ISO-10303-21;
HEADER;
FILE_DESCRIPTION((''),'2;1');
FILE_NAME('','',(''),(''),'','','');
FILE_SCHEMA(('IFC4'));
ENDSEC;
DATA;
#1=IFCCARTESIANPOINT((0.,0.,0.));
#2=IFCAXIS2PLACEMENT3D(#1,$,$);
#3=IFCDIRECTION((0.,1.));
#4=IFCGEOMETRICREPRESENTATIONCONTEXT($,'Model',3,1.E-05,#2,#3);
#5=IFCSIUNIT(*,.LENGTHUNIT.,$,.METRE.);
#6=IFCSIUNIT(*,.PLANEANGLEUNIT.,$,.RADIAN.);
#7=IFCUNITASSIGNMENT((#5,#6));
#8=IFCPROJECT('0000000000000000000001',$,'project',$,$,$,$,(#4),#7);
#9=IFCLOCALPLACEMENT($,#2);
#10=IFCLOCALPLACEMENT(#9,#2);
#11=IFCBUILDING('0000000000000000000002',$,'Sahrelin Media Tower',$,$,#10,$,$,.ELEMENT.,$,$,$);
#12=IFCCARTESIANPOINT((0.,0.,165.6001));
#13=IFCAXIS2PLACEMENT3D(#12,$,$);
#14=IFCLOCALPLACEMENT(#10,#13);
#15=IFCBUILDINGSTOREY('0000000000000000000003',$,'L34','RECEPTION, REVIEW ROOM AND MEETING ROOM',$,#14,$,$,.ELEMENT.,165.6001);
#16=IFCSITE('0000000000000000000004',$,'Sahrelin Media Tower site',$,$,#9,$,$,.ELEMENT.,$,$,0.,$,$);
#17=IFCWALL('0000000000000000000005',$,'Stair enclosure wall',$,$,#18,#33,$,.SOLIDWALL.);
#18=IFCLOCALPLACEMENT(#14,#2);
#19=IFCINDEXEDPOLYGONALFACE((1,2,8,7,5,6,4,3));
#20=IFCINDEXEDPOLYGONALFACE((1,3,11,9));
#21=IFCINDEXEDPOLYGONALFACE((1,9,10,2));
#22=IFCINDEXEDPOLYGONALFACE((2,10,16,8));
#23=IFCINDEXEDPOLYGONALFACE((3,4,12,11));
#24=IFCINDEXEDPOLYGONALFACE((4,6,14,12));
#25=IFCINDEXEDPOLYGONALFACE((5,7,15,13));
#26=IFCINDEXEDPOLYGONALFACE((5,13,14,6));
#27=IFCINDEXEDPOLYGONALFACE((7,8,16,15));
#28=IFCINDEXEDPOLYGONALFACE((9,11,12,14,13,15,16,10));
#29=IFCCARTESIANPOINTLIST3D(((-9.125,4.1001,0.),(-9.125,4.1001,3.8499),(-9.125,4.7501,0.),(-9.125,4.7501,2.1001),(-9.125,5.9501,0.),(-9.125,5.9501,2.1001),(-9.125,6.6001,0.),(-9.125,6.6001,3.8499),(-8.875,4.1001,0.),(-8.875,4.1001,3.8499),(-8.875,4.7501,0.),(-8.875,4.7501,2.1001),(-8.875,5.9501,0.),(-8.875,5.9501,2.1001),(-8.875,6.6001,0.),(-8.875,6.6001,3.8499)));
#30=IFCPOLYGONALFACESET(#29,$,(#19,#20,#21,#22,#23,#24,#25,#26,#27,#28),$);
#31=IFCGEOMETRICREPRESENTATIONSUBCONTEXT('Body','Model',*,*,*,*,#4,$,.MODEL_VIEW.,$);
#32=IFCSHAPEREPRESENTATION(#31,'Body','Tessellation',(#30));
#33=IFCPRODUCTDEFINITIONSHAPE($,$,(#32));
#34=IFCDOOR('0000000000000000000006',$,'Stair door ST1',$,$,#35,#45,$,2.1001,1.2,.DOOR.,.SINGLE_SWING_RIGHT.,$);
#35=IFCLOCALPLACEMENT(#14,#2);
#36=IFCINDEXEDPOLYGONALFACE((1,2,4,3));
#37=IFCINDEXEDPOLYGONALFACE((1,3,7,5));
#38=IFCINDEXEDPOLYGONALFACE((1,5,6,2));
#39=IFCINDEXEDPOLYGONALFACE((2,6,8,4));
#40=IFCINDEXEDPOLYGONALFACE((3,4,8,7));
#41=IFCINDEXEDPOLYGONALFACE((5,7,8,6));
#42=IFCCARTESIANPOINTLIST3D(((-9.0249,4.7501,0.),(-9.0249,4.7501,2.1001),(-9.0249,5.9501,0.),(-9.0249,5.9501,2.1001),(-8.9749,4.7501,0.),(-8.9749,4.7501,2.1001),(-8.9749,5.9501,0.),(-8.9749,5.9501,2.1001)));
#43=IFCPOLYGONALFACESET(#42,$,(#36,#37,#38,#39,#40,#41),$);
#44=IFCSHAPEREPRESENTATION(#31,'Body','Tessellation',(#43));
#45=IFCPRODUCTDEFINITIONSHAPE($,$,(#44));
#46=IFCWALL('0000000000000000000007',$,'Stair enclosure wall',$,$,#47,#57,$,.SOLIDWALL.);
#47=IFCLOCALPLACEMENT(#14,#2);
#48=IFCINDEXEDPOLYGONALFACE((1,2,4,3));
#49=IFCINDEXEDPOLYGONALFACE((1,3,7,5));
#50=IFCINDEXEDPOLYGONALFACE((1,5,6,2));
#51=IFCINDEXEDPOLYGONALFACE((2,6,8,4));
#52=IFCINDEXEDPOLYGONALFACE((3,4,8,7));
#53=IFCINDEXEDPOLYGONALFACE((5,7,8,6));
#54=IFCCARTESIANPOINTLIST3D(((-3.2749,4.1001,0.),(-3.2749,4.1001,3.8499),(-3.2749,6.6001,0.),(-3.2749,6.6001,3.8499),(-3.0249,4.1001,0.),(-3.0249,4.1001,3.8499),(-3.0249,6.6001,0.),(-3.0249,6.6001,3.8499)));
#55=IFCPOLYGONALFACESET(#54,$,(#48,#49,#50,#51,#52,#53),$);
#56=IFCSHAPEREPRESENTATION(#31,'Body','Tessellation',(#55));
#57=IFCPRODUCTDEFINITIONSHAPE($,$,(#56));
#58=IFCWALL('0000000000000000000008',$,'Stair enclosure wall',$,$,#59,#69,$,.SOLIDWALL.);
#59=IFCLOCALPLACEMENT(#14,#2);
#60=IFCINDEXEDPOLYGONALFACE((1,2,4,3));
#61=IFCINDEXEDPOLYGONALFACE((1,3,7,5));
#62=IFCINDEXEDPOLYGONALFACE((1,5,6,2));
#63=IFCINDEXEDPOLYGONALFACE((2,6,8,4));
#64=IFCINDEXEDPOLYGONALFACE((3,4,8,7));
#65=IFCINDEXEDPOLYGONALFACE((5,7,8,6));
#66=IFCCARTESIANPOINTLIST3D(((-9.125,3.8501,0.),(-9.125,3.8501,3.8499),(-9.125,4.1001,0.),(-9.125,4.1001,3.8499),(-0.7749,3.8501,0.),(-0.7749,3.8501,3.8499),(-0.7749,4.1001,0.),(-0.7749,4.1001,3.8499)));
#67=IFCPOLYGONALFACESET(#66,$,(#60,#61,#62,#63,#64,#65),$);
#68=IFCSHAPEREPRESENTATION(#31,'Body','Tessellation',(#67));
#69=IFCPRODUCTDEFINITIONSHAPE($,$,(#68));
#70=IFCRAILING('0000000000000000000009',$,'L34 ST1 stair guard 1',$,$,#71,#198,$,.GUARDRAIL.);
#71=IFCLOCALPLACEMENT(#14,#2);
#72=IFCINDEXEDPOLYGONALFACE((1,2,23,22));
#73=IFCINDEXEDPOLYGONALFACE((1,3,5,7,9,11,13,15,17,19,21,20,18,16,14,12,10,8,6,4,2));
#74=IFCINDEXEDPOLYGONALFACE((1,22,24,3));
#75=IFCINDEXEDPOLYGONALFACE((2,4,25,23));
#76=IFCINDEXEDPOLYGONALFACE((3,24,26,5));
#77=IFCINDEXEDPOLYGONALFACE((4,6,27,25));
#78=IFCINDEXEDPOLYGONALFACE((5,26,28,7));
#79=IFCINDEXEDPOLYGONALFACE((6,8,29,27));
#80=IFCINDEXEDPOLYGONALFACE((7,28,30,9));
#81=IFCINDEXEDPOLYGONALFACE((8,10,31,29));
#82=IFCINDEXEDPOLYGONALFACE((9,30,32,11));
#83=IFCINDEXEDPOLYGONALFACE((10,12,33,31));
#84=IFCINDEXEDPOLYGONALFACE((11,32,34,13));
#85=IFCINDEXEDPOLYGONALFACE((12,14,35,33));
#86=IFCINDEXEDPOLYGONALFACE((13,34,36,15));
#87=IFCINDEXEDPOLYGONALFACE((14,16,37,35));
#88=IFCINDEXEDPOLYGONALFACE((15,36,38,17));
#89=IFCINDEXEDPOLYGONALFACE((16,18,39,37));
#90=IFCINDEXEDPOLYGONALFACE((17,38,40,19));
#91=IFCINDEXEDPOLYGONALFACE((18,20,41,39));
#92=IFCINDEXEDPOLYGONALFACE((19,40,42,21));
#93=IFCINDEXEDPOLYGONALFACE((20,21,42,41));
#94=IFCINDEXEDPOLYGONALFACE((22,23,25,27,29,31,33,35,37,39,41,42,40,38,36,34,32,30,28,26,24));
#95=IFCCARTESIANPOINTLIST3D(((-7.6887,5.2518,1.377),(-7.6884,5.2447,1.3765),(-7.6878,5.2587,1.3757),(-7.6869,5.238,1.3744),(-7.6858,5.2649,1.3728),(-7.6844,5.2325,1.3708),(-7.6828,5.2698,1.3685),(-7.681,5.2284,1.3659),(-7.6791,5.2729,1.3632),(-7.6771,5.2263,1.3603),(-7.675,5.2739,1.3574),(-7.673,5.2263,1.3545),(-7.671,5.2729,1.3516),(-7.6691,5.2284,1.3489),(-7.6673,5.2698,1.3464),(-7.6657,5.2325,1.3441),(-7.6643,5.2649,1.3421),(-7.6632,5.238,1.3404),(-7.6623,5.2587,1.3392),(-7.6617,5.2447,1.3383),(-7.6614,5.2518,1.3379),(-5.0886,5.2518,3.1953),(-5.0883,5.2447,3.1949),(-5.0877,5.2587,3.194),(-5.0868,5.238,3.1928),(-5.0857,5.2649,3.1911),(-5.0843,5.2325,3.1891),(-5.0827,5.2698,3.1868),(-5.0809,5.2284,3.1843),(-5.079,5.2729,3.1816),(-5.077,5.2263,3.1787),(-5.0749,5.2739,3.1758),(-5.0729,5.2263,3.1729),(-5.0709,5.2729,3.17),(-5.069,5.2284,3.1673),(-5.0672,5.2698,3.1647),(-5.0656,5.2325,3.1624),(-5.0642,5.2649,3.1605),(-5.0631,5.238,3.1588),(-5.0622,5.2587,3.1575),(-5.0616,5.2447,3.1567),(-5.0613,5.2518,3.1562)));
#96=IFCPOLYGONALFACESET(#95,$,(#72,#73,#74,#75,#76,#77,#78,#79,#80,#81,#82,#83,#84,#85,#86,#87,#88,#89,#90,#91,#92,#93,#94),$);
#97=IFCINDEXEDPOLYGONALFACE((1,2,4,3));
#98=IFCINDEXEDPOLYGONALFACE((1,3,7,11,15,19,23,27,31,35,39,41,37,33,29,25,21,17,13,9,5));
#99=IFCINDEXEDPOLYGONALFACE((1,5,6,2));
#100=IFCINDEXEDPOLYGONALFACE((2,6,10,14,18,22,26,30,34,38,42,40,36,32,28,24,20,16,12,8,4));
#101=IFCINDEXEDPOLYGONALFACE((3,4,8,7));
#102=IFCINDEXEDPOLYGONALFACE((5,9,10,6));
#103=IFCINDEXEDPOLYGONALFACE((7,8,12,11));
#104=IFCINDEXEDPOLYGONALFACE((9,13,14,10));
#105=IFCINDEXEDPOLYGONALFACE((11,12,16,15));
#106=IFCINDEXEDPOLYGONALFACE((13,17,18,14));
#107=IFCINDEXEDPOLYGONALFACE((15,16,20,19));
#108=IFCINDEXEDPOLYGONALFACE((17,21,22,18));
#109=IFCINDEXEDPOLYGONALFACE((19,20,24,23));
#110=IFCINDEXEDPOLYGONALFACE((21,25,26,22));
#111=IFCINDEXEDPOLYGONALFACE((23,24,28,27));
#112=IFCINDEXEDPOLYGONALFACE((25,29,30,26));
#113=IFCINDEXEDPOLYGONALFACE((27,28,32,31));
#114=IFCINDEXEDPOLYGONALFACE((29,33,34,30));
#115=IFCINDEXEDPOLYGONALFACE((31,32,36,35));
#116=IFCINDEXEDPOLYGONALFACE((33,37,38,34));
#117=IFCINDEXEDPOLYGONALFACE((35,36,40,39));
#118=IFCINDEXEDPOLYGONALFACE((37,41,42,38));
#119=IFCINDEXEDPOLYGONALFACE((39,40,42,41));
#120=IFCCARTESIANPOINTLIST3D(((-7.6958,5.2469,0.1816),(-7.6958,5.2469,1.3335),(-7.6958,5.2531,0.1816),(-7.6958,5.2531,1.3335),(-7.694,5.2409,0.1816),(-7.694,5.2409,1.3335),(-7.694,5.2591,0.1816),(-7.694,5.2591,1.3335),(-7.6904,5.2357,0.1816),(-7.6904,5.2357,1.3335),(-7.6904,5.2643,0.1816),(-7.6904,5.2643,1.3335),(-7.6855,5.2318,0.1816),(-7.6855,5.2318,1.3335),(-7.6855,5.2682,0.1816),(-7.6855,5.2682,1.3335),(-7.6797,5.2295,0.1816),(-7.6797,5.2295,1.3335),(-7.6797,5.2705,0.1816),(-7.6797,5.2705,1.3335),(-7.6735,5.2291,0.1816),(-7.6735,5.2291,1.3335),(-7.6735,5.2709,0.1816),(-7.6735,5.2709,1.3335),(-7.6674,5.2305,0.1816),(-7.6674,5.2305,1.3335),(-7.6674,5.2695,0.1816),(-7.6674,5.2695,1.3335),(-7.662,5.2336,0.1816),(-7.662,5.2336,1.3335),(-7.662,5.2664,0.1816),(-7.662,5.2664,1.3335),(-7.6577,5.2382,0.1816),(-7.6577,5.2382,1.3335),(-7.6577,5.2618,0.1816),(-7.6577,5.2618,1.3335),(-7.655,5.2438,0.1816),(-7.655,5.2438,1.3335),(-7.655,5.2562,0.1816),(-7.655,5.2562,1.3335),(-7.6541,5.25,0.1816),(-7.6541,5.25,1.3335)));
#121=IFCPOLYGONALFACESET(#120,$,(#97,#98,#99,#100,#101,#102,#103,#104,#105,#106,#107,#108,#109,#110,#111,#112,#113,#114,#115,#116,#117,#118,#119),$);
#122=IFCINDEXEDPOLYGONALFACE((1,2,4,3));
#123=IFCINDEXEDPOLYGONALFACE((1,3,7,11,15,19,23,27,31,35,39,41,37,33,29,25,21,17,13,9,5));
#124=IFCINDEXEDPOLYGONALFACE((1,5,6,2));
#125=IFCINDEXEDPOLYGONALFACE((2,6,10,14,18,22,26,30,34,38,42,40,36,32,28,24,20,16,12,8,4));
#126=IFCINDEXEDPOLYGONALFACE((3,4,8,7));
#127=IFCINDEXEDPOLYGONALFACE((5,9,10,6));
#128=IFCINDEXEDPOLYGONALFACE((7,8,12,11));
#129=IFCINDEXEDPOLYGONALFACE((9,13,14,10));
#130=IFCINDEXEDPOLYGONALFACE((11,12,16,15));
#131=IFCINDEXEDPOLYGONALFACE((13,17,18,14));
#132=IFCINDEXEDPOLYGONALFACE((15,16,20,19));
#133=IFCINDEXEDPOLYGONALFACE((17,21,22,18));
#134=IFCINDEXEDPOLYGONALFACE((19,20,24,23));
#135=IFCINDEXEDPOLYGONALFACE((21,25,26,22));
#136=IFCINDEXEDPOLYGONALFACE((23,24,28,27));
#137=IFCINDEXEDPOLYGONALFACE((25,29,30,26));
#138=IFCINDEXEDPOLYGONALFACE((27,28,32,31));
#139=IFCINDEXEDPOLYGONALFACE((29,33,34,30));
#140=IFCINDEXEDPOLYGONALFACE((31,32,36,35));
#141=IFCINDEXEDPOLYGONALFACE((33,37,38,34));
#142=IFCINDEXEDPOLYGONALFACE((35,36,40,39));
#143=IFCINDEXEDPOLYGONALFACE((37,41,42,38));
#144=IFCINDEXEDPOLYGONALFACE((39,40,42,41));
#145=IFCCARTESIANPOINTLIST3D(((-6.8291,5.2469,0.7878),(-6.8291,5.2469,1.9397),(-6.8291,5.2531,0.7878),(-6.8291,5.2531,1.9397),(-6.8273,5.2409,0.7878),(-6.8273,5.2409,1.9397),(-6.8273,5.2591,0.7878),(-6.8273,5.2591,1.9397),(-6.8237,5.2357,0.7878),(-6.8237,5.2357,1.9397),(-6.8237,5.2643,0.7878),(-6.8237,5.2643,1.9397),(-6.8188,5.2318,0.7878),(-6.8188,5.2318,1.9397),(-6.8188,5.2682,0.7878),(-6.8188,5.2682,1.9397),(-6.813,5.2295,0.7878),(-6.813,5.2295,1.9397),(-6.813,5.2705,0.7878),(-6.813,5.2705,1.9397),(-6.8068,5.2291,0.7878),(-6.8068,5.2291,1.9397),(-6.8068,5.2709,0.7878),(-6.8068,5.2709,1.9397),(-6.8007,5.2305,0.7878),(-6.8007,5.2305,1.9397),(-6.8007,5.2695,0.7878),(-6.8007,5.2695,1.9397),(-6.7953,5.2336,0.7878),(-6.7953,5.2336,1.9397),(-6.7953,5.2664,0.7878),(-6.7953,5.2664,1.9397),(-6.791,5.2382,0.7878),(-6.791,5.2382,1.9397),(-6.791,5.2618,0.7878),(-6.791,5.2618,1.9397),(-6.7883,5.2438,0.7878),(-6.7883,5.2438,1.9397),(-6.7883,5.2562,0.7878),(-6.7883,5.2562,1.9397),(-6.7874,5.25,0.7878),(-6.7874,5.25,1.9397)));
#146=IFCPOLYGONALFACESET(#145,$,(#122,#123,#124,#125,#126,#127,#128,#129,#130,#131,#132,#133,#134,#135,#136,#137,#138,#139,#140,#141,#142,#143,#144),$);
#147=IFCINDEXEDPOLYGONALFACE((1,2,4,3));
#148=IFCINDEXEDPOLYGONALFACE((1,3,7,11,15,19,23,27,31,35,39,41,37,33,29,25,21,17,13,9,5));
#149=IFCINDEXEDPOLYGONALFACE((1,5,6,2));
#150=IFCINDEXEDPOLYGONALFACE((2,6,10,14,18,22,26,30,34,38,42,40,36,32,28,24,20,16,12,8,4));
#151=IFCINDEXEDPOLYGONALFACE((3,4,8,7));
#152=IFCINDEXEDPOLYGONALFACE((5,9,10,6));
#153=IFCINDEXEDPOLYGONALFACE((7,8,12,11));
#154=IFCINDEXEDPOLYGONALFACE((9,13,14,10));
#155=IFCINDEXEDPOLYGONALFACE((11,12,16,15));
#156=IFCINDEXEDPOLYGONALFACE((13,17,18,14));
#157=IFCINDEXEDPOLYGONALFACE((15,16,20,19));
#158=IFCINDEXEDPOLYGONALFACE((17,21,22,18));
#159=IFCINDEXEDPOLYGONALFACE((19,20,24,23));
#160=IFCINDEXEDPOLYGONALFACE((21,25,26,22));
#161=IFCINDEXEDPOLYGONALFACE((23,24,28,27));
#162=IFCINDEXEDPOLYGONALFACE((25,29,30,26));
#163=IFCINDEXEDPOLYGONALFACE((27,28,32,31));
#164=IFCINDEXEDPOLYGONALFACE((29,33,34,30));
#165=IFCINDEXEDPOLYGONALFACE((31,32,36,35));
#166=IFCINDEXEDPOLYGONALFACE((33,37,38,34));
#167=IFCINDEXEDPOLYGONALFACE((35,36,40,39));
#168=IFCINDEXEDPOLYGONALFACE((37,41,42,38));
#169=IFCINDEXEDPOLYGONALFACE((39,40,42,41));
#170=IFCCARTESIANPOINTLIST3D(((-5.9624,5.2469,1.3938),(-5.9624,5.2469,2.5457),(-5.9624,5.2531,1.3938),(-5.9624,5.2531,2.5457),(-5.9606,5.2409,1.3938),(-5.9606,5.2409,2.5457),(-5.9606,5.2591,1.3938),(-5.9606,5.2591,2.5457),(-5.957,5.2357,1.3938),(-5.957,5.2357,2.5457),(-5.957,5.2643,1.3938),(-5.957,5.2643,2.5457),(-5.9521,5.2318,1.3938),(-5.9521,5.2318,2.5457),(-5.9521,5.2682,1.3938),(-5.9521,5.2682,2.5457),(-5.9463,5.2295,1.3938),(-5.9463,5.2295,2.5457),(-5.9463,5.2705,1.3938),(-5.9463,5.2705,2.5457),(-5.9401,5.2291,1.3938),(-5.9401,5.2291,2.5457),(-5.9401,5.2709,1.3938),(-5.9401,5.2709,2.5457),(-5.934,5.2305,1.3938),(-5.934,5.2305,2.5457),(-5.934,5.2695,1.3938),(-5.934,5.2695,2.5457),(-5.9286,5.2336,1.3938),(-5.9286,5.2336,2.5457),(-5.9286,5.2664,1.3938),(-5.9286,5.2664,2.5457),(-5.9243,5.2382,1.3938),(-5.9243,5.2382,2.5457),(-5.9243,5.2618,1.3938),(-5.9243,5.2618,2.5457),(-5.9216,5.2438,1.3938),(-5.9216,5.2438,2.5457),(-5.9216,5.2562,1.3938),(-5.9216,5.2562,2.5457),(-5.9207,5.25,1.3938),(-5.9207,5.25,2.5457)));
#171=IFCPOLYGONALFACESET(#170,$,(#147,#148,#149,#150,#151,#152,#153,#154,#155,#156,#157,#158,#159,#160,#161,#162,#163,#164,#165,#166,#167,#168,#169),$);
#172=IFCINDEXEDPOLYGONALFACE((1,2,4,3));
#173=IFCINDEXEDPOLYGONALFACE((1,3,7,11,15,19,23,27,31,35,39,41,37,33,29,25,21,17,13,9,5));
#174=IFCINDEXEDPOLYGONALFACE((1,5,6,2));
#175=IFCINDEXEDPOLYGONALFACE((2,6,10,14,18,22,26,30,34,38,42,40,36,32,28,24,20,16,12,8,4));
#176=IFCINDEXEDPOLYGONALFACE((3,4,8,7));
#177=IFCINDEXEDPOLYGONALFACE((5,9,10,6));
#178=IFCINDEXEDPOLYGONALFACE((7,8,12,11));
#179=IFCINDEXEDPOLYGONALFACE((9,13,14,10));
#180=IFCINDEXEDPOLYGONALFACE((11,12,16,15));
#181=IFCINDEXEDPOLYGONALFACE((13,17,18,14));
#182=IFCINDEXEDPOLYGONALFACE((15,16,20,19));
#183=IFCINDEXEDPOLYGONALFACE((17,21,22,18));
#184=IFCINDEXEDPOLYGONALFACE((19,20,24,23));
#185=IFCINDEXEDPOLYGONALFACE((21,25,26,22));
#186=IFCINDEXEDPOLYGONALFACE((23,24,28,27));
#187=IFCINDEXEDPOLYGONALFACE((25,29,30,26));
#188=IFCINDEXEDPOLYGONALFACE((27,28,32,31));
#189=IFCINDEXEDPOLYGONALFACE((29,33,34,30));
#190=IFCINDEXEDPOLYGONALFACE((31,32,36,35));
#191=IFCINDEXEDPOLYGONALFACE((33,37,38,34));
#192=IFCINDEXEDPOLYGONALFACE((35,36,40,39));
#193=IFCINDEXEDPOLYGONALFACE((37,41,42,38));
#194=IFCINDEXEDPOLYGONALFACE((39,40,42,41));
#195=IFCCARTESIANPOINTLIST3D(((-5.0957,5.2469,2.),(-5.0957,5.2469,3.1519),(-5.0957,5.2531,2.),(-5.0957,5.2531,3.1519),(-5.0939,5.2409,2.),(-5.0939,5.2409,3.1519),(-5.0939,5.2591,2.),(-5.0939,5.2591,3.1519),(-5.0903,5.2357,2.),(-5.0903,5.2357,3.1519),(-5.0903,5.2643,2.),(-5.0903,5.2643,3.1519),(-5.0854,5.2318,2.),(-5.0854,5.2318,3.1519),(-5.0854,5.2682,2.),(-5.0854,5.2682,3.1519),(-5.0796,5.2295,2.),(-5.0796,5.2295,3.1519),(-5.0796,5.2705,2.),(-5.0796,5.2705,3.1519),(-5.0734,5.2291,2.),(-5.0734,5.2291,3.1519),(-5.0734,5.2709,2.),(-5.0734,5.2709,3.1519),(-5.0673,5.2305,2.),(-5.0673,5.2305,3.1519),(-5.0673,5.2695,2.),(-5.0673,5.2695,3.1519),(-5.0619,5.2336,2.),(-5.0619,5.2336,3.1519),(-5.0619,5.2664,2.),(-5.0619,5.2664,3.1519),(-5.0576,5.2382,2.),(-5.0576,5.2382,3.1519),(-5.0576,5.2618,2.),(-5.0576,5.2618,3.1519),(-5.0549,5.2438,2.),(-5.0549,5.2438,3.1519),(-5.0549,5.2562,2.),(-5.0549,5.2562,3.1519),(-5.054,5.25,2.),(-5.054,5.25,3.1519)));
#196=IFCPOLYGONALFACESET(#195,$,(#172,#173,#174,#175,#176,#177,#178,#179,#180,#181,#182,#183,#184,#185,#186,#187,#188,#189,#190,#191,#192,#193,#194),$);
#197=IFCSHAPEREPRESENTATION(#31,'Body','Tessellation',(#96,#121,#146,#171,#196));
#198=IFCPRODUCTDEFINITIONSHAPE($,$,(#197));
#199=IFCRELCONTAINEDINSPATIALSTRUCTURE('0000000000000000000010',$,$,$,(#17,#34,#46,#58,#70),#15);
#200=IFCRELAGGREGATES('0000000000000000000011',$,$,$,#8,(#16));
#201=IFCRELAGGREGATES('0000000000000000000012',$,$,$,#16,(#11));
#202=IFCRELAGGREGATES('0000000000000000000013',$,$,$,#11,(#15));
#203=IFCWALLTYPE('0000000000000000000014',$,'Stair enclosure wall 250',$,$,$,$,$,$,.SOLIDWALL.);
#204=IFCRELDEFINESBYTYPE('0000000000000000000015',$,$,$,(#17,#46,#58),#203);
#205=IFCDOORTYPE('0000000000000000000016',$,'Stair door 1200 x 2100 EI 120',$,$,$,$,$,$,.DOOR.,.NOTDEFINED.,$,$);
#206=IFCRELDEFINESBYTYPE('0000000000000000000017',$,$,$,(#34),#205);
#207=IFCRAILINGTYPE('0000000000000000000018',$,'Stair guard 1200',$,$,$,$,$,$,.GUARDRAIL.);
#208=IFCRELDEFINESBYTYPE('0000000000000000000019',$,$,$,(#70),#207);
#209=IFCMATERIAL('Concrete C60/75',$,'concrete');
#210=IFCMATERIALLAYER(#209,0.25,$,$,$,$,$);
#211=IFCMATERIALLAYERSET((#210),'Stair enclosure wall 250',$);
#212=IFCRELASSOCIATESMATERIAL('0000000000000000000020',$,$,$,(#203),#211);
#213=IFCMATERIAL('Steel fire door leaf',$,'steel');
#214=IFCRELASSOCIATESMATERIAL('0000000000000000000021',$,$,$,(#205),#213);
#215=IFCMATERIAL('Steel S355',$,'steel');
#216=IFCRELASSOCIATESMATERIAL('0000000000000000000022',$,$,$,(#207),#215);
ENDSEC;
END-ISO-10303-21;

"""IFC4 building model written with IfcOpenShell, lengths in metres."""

from ifc_helpers import new_model, si_unit, direction, frame, frame_2d, origin, origin_2d, place, context, subcontext, project, spatial, rectangle, circle, extrude, material, layer, layer_set, type_object, element, fill, save


model = new_model("IFC4")

# Units and contexts
model_context = context("Model", 3, precision=1e-05, world=origin(), true_north=direction((0.0, 1.0)))
body_context = subcontext(model_context, "Body", "Model", "MODEL_VIEW")
ifc_project = project(units=[si_unit("LENGTHUNIT", "METRE"), si_unit("PLANEANGLEUNIT", "RADIAN")], contexts=[model_context])

# Site, building, storey
site_placement = place(None, origin())
site = spatial("IfcSite", under=ifc_project, at=site_placement, Name="Sahrelin Media Tower site", CompositionType="ELEMENT", RefElevation=0.0)
building_placement = place(site_placement, origin())
building = spatial("IfcBuilding", under=site, at=building_placement, Name="Sahrelin Media Tower", CompositionType="ELEMENT")
storey_placement = place(building_placement, frame((0.0, 0.0, 165.6001)))
storey = spatial("IfcBuildingStorey", under=building, at=storey_placement, Name="L34", Description="RECEPTION, REVIEW ROOM AND MEETING ROOM", CompositionType="ELEMENT", Elevation=165.6001)

# Shared definitions
ifc_material_1 = material(Name="Steel S355", Category="steel")

# Shared definitions
ifc_material_2 = material(Name="Concrete C60/75", Category="concrete")

# Shared definitions
ifc_material_3 = material(Name="Steel fire door leaf", Category="steel")

# Wall, opening, door
ifc_layer_1 = layer(ifc_material_2, 0.25)
ifc_layer_set_1 = layer_set([ifc_layer_1], Name="Stair enclosure wall 250")
wall_type_1 = type_object("IfcWallType", Name="Stair enclosure wall 250", PredefinedType="SOLIDWALL", material=ifc_layer_set_1)
wall_1_placement = place(storey_placement, frame((-9.0, 4.1001, 0.0), z_axis=(0.0, 0.0, 1.0), x_axis=(0.0, 1.0, 0.0)))
wall_1 = element("IfcWall", 1, at=wall_1_placement, inside=storey, type_object=wall_type_1, Name="Stair enclosure wall", PredefinedType="SOLIDWALL", context=body_context, shape_type="SweptSolid", body=[
    extrude(rectangle(XDim=2.5, YDim=0.25, at=frame_2d((1.25, 0.0))), origin(), (0.0, 0.0, 1.0), 3.8499),
])
opening_1_placement = place(wall_1_placement, frame((0.6499, 0.0, 0.0)))
opening_1 = element("IfcOpeningElement", 2, at=opening_1_placement, cuts=wall_1, PredefinedType="OPENING", context=body_context, shape_type="SweptSolid", body=[
    extrude(rectangle(XDim=1.2, YDim=2.1001, at=frame_2d((0.6001, 1.05))), frame((0.0, 0.125, 0.0), z_axis=(0.0, -1.0, 0.0), x_axis=(1.0, 0.0, 0.0)), (0.0, 0.0, 1.0), 0.25),
])
door_type_1 = type_object("IfcDoorType", Name="Stair door 1200 x 2100 EI 120", OperationType="NOTDEFINED", PredefinedType="DOOR", material=ifc_material_3)
door_1_placement = place(opening_1_placement, origin())
door_1 = element("IfcDoor", 3, at=door_1_placement, inside=storey, type_object=door_type_1, Name="Stair door ST1", OperationType="SINGLE_SWING_RIGHT", OverallHeight=2.1001, OverallWidth=1.2, PredefinedType="DOOR", context=body_context, shape_type="SweptSolid", body=[
    extrude(rectangle(XDim=1.2, YDim=2.1001, at=frame_2d((0.6001, 1.05))), frame((0.0, 0.0249, 0.0), z_axis=(0.0, -1.0, 0.0), x_axis=(1.0, 0.0, 0.0)), (0.0, 0.0, 1.0), 0.05),
])
fill(opening_1, door_1)

# Walls
wall_2_placement = place(storey_placement, frame((-3.1499, 4.1001, 0.0), z_axis=(0.0, 0.0, 1.0), x_axis=(0.0, 1.0, 0.0)))
element("IfcWall", 4, at=wall_2_placement, inside=storey, type_object=wall_type_1, Name="Stair enclosure wall", PredefinedType="SOLIDWALL", context=body_context, shape_type="SweptSolid", body=[
    extrude(rectangle(XDim=2.5, YDim=0.25, at=frame_2d((1.25, 0.0))), origin(), (0.0, 0.0, 1.0), 3.8499),
])
wall_3_placement = place(storey_placement, frame((-9.125, 3.9751, 0.0), z_axis=(0.0, 0.0, 1.0), x_axis=(1.0, 0.0, 0.0)))
element("IfcWall", 5, at=wall_3_placement, inside=storey, type_object=wall_type_1, Name="Stair enclosure wall", PredefinedType="SOLIDWALL", context=body_context, shape_type="SweptSolid", body=[
    extrude(rectangle(XDim=8.3501, YDim=0.25, at=frame_2d((4.175, 0.0))), origin(), (0.0, 0.0, 1.0), 3.8499),
])

# Railing
railing_type_1 = type_object("IfcRailingType", Name="Stair guard 1200", PredefinedType="GUARDRAIL", material=ifc_material_1)
railing_1_placement = place(storey_placement, frame((-7.675, 5.25, 0.1816)))
element("IfcRailing", 6, at=railing_1_placement, inside=storey, type_object=railing_type_1, Name="L34 ST1 stair guard 1", PredefinedType="GUARDRAIL", context=body_context, shape_type="SweptSolid", body=[
    extrude(circle(Radius=0.0239, at=origin_2d()), frame((0.0, 0.0, 1.1758), z_axis=(0.819485, 0.0, 0.573101), x_axis=(0.0, 1.0, 0.0)), (0.0, 0.0, 1.0), 3.1729),
    extrude(circle(Radius=0.021, at=origin_2d()), origin(), (0.0, 0.0, 1.0), 1.1519),
    extrude(circle(Radius=0.021, at=origin_2d()), frame((0.8667, 0.0, 0.6062)), (0.0, 0.0, 1.0), 1.1519),
    extrude(circle(Radius=0.021, at=origin_2d()), frame((1.7334, 0.0, 1.2122)), (0.0, 0.0, 1.0), 1.1519),
    extrude(circle(Radius=0.021, at=origin_2d()), frame((2.6001, 0.0, 1.8184)), (0.0, 0.0, 1.0), 1.1519),
])

save(model, "model.ifc")
